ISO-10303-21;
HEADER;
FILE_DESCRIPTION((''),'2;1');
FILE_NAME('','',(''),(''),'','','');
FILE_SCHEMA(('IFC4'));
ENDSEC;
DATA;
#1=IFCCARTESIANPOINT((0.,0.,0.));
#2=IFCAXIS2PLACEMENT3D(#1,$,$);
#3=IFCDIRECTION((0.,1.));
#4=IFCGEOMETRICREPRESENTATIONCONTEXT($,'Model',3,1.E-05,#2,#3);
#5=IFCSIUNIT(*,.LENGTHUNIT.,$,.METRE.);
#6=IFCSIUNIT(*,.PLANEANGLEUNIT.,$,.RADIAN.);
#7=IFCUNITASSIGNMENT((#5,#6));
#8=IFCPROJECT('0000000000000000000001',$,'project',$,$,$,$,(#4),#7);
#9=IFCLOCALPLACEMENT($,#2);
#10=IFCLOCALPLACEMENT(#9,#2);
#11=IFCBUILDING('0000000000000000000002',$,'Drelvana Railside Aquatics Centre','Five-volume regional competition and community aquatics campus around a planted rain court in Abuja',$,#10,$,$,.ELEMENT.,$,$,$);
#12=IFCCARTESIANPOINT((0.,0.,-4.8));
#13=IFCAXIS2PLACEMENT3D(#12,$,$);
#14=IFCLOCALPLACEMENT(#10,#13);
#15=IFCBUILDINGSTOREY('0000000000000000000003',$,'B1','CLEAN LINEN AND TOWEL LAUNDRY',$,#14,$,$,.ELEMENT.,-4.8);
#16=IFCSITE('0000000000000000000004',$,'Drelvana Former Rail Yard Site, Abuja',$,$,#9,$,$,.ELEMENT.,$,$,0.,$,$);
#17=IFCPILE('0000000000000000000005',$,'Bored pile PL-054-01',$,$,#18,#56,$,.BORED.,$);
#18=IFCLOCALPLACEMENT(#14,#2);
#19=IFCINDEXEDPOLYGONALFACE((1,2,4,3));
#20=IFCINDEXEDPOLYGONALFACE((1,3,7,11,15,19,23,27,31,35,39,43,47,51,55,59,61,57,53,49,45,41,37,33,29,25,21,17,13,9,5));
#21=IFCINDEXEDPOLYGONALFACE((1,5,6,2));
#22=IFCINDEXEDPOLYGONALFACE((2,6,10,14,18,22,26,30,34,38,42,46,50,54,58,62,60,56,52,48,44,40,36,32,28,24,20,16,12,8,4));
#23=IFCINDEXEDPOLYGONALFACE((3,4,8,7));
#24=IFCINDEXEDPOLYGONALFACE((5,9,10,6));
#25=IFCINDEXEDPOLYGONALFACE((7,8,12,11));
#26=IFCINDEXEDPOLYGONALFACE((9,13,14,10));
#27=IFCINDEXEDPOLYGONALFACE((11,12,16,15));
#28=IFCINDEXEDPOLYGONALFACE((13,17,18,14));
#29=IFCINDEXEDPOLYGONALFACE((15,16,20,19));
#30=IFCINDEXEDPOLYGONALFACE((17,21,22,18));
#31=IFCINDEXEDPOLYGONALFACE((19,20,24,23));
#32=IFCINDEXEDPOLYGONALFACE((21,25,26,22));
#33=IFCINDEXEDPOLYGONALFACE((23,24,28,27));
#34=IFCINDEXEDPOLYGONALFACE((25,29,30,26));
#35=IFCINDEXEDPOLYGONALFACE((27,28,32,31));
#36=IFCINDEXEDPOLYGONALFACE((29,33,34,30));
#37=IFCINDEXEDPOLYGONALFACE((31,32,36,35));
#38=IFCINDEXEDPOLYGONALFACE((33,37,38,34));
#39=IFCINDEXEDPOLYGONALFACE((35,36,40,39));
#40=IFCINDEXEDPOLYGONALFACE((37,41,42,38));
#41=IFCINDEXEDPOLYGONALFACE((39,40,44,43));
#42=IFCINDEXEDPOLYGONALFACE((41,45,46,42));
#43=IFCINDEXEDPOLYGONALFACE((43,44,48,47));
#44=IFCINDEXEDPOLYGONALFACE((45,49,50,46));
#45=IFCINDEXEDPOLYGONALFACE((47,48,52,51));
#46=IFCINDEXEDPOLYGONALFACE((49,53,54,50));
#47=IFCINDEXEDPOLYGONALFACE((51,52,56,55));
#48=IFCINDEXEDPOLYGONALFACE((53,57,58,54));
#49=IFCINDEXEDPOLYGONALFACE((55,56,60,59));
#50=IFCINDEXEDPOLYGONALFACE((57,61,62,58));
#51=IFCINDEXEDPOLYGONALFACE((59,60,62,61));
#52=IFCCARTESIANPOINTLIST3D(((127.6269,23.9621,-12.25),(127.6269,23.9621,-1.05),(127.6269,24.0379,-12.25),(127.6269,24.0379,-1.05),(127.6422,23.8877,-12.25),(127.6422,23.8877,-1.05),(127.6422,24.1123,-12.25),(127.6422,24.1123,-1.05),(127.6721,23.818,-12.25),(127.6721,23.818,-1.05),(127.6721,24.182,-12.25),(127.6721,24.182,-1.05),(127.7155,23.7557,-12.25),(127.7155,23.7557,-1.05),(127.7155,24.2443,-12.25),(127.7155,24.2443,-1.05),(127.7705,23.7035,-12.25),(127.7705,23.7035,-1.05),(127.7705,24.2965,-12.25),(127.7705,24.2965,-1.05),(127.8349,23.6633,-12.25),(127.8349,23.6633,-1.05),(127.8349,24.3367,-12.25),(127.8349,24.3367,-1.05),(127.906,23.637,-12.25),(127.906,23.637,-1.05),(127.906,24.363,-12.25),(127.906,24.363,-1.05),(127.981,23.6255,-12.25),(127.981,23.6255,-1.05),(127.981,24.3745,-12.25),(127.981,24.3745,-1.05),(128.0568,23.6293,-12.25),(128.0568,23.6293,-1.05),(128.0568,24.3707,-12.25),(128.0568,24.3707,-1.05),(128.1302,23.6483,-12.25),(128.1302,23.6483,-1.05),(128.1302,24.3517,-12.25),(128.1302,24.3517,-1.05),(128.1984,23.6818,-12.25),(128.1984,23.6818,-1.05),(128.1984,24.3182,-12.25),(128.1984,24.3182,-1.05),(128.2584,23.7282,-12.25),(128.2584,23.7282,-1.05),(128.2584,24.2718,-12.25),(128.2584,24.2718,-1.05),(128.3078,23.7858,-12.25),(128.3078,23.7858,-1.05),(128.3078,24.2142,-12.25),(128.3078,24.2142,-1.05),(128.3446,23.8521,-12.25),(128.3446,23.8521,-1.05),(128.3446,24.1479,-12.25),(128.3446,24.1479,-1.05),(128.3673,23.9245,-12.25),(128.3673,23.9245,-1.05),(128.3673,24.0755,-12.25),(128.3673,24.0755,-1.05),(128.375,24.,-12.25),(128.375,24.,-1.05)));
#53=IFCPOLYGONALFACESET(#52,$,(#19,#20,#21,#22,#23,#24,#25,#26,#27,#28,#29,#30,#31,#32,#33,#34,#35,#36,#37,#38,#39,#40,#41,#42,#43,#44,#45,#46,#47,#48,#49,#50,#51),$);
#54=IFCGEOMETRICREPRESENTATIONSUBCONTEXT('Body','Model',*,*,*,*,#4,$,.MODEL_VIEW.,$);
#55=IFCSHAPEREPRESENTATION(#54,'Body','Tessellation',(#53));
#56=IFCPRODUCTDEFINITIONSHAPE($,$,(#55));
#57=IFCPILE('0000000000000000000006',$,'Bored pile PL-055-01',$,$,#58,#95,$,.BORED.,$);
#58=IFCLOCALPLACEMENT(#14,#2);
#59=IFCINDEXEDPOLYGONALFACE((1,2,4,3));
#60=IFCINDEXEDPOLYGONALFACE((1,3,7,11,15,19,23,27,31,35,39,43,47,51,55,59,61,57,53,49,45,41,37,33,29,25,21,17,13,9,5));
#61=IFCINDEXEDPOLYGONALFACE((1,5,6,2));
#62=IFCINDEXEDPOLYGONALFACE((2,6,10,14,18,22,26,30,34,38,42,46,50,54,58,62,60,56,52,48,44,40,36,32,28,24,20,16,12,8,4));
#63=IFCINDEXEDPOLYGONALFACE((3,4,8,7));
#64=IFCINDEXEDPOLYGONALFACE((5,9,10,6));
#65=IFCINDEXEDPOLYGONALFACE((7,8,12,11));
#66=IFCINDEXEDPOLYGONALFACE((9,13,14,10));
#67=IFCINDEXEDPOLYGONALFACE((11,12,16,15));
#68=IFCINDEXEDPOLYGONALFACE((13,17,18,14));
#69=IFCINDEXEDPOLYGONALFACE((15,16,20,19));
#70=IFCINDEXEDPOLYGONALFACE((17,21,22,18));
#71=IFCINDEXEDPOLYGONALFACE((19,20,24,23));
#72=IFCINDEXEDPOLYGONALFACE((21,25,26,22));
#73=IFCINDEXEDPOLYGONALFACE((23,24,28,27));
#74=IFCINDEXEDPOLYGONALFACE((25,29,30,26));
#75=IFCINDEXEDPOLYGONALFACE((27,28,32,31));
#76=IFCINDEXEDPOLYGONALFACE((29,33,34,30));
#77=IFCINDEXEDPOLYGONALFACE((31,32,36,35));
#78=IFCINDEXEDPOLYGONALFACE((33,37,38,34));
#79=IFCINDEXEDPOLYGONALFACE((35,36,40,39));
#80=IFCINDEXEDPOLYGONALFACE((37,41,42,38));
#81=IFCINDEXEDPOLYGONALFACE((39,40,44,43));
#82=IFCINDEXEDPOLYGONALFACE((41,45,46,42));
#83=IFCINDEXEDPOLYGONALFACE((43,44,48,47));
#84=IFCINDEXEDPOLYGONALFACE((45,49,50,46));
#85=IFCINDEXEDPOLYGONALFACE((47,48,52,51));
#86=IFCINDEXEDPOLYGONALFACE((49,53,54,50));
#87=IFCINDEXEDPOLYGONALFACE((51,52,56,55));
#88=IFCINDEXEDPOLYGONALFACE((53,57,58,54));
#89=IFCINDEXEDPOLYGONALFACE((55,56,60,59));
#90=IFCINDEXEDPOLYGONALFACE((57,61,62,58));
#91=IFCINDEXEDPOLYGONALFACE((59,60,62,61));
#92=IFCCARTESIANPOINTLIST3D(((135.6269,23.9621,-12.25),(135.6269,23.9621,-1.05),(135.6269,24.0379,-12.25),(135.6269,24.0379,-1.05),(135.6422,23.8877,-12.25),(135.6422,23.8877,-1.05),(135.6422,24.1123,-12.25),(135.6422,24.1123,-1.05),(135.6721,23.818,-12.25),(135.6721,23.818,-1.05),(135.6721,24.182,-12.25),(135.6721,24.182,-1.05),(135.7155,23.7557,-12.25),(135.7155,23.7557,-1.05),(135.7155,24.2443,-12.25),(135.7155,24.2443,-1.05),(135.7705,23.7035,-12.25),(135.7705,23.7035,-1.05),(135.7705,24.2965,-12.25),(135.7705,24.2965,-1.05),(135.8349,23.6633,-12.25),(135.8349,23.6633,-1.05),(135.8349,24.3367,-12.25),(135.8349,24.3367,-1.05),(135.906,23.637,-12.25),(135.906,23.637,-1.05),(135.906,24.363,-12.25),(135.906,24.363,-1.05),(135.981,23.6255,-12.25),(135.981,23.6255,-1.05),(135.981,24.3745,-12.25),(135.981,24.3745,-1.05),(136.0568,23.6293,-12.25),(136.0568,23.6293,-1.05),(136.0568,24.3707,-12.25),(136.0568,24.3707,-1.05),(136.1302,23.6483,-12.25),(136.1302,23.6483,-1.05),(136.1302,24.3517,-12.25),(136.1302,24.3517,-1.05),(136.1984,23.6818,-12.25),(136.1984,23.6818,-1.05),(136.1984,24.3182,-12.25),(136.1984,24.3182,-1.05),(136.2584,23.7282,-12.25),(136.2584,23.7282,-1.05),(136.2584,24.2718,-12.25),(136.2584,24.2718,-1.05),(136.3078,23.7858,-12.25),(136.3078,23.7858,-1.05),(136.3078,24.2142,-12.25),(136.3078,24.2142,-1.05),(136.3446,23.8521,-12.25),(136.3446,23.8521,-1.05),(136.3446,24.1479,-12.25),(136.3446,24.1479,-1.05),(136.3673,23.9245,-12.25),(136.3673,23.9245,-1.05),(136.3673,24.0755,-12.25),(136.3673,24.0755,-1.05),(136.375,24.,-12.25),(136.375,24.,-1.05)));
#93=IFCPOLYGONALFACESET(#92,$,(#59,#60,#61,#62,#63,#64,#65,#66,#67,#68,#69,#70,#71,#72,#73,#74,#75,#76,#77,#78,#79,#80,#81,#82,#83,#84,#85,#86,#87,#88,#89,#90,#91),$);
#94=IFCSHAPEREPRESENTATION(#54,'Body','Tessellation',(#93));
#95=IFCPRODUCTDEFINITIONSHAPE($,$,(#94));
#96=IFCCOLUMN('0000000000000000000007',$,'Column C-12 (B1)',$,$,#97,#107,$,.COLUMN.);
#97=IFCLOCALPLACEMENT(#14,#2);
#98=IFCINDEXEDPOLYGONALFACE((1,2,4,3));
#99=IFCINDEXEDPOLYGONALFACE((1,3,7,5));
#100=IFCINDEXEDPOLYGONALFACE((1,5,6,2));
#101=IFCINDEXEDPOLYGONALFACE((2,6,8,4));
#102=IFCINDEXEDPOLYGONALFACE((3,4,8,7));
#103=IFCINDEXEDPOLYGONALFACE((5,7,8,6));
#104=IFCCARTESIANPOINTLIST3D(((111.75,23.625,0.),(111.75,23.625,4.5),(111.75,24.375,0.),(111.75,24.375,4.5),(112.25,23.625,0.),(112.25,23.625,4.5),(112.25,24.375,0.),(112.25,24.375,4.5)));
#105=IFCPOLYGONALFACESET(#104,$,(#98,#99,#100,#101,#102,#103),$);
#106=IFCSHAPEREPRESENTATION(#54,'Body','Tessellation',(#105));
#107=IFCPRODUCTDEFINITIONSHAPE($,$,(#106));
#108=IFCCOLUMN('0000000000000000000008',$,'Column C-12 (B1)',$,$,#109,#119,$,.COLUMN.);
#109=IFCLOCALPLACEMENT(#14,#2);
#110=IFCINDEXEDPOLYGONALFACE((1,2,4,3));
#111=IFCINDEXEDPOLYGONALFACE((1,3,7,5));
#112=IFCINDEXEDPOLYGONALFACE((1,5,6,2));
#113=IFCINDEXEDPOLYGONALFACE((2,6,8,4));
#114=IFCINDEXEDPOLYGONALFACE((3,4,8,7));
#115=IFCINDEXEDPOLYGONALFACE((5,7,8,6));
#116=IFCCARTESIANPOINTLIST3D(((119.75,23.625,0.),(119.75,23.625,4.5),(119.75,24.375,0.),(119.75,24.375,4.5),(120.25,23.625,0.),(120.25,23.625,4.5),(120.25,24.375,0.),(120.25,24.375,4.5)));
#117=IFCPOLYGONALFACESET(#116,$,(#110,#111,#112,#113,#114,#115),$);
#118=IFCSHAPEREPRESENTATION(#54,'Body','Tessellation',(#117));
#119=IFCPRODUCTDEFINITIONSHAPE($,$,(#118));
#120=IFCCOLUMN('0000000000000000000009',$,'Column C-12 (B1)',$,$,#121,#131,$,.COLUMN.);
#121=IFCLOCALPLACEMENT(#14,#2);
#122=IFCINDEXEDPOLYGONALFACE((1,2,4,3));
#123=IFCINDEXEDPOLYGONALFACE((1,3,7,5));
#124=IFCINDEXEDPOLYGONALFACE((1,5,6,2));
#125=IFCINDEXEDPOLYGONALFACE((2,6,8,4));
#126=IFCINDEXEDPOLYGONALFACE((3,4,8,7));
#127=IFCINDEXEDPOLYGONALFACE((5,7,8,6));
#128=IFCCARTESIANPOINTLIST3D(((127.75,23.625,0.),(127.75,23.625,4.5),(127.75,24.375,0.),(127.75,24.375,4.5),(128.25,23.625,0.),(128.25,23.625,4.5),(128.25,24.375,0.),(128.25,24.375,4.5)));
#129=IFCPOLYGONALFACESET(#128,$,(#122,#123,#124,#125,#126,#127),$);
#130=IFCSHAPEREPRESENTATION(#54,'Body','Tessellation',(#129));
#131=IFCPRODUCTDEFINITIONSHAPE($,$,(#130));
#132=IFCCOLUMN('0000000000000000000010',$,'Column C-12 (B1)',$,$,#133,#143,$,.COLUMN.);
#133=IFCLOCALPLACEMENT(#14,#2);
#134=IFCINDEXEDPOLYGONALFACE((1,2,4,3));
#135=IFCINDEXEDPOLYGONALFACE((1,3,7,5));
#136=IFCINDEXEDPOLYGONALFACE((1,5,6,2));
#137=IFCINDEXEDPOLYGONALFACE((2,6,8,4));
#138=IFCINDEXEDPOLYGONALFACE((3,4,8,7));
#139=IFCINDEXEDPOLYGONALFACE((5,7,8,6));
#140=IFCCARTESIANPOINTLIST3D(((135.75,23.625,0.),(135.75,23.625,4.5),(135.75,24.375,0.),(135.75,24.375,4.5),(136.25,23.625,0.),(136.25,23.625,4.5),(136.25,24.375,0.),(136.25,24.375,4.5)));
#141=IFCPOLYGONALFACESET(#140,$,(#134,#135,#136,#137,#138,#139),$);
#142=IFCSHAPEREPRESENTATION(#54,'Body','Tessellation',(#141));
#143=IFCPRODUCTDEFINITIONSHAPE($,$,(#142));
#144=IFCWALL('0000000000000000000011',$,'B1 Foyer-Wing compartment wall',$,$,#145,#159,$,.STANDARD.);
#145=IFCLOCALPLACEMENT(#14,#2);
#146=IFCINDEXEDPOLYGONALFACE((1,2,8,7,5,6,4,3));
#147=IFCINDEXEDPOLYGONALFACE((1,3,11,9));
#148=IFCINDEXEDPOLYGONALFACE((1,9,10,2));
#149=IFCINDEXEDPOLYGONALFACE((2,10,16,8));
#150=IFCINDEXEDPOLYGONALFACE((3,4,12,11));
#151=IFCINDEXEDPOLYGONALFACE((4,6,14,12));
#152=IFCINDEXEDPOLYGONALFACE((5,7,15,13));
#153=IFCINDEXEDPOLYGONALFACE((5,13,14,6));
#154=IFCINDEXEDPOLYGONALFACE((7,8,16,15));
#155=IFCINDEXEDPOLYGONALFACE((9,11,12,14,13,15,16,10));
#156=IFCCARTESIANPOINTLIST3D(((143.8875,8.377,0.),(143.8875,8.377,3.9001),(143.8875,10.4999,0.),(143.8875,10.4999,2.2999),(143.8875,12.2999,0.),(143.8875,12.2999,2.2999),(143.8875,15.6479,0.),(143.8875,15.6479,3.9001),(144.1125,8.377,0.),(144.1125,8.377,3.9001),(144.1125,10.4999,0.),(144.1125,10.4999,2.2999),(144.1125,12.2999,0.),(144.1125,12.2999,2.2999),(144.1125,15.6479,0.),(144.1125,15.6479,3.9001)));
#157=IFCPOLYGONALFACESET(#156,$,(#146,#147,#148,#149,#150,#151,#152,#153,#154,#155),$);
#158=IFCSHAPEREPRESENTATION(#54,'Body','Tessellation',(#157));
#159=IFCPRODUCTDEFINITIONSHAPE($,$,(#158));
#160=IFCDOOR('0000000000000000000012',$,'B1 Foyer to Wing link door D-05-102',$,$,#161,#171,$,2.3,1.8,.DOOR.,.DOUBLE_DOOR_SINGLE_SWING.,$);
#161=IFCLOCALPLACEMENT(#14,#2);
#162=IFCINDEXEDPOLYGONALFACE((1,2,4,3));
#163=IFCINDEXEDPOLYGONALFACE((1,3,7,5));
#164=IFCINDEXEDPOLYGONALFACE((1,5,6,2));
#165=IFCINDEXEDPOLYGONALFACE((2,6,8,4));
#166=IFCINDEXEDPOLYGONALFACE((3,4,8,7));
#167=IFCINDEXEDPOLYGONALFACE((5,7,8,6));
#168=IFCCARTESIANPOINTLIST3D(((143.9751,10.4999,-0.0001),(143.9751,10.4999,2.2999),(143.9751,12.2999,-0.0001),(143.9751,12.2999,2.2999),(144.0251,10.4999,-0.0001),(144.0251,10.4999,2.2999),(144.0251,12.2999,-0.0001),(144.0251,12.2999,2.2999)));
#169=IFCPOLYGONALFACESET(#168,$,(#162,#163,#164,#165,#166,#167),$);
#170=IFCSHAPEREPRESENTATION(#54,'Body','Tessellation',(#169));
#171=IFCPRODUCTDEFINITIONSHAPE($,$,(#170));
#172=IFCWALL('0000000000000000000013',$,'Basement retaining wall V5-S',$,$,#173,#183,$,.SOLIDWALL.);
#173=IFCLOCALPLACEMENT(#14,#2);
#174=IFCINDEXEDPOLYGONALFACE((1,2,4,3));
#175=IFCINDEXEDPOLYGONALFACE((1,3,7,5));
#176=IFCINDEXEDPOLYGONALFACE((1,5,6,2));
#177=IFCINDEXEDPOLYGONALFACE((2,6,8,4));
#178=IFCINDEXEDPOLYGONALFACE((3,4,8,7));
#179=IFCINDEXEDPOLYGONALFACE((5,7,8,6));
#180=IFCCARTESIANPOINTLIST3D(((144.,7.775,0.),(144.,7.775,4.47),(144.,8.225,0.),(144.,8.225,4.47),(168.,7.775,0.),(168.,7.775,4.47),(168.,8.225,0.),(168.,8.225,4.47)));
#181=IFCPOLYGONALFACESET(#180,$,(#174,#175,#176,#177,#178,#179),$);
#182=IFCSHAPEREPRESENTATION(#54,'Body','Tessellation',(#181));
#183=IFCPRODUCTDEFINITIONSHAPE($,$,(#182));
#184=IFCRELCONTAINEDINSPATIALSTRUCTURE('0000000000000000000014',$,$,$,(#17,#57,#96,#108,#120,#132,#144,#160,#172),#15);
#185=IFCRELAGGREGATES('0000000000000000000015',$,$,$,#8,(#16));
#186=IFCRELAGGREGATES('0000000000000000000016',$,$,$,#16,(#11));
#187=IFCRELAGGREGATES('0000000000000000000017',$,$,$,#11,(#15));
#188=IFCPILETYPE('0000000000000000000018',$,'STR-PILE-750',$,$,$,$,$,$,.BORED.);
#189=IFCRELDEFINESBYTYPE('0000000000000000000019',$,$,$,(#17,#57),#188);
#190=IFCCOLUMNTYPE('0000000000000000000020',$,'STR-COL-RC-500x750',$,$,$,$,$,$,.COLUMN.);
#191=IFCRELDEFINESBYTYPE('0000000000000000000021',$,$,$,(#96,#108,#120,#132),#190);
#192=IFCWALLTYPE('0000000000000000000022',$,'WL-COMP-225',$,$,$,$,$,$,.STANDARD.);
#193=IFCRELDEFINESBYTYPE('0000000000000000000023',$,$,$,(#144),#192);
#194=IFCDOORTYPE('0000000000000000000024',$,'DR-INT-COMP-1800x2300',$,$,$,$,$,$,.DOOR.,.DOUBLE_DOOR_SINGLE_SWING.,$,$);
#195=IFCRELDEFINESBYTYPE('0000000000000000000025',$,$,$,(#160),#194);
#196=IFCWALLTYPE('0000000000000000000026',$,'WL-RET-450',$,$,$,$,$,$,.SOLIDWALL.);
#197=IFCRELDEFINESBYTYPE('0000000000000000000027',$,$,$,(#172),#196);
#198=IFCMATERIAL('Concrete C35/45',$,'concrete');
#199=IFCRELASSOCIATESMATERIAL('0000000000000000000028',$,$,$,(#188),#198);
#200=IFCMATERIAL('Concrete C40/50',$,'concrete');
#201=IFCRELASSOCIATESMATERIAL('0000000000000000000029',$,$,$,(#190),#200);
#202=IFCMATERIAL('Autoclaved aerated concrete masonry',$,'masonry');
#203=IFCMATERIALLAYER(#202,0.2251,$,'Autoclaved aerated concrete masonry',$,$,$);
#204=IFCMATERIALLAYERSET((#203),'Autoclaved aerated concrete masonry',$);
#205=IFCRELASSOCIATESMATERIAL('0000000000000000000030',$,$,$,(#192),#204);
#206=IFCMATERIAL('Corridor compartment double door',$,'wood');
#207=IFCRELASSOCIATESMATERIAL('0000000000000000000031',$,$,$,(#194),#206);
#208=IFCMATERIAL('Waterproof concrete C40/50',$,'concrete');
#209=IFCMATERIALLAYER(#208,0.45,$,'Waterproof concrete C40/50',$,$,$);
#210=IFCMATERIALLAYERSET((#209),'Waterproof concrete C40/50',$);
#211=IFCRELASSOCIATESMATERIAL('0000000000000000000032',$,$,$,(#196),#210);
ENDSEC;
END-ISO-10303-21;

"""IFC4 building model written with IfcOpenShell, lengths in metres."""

from ifc_helpers import new_model, si_unit, direction, frame, frame_2d, origin, origin_2d, place, context, subcontext, project, spatial, rectangle, circle, extrude, material, layer, layer_set, material_profile, profile_set, type_object, element, fill, save


model = new_model("IFC4")

# Units and contexts
model_context = context("Model", 3, precision=1e-05, world=origin(), true_north=direction((0.0, 1.0)))
body_context = subcontext(model_context, "Body", "Model", "MODEL_VIEW")
ifc_project = project(units=[si_unit("LENGTHUNIT", "METRE"), si_unit("PLANEANGLEUNIT", "RADIAN")], contexts=[model_context])

# Site, building, storey
site_placement = place(None, origin())
site = spatial("IfcSite", under=ifc_project, at=site_placement, Name="Drelvana Former Rail Yard Site, Abuja", CompositionType="ELEMENT", RefElevation=0.0)
building_placement = place(site_placement, origin())
building = spatial("IfcBuilding", under=site, at=building_placement, Name="Drelvana Railside Aquatics Centre", Description="Five-volume regional competition and community aquatics campus around a planted rain court in Abuja", CompositionType="ELEMENT")
storey_placement = place(building_placement, frame((0.0, 0.0, -4.8)))
storey = spatial("IfcBuildingStorey", under=building, at=storey_placement, Name="B1", Description="CLEAN LINEN AND TOWEL LAUNDRY", CompositionType="ELEMENT", Elevation=-4.8)

# Shared definitions
ifc_material_1 = material(Name="Concrete C35/45", Category="concrete")

# Piles
ifc_material_profile_1 = material_profile(ifc_material_1, circle(Radius=0.375, at=origin_2d()), Name="PILE D750")
ifc_profile_set_1 = profile_set([ifc_material_profile_1], Name="Concrete C35/45")
pile_type = type_object("IfcPileType", Name="STR-PILE-750", PredefinedType="BORED", material=ifc_profile_set_1)
for number, where, z_axis, x_axis, name in (
    (1, (128.0, 24.0, -1.05), (0.0, 0.0, -1.0), (1.0, 0.0, 0.0), "Bored pile PL-054-01"),
    (2, (136.0, 24.0, -1.05), (0.0, 0.0, -1.0), (1.0, 0.0, 0.0), "Bored pile PL-055-01"),
):
    element("IfcPile", number, at=place(storey_placement, frame(where, z_axis=z_axis, x_axis=x_axis)), inside=storey, type_object=pile_type, Name=name, PredefinedType="BORED", context=body_context, shape_type="SweptSolid", body=[
        extrude(circle(Radius=0.375, at=origin_2d()), origin(), (0.0, 0.0, 1.0), 11.2),
    ])

# Columns
ifc_material_2 = material(Name="Concrete C40/50", Category="concrete")
ifc_material_profile_2 = material_profile(ifc_material_2, rectangle(XDim=0.5, YDim=0.75, at=origin_2d()), Name="RC 500x750")
ifc_profile_set_2 = profile_set([ifc_material_profile_2], Name="Concrete C40/50")
column_type = type_object("IfcColumnType", Name="STR-COL-RC-500x750", PredefinedType="COLUMN", material=ifc_profile_set_2)
for number, where, z_axis, x_axis, name in (
    (3, (112.0, 24.0, 0.0), (0.0, 0.0, 1.0), (1.0, 0.0, 0.0), "Column C-12 (B1)"),
    (4, (120.0, 24.0, 0.0), (0.0, 0.0, 1.0), (1.0, 0.0, 0.0), "Column C-12 (B1)"),
    (5, (128.0, 24.0, 0.0), (0.0, 0.0, 1.0), (1.0, 0.0, 0.0), "Column C-12 (B1)"),
    (6, (136.0, 24.0, 0.0), (0.0, 0.0, 1.0), (1.0, 0.0, 0.0), "Column C-12 (B1)"),
):
    element("IfcColumn", number, at=place(storey_placement, frame(where, z_axis=z_axis, x_axis=x_axis)), inside=storey, type_object=column_type, Name=name, PredefinedType="COLUMN", context=body_context, shape_type="SweptSolid", body=[
        extrude(rectangle(XDim=0.5, YDim=0.75, at=origin_2d()), origin(), (0.0, 0.0, 1.0), 4.5),
    ])

# Wall, opening, door
ifc_material_3 = material(Name="Autoclaved aerated concrete masonry", Category="masonry")
ifc_layer_1 = layer(ifc_material_3, 0.2251, Name="Autoclaved aerated concrete masonry")
ifc_layer_set_1 = layer_set([ifc_layer_1], Name="Autoclaved aerated concrete masonry")
wall_type_1 = type_object("IfcWallType", Name="WL-COMP-225", PredefinedType="STANDARD", material=ifc_layer_set_1)
wall_1_placement = place(storey_placement, frame((144.0, 8.377, 0.0), z_axis=(0.0, 0.0, 1.0), x_axis=(0.0, 1.0, 0.0)))
wall_1 = element("IfcWall", 7, at=wall_1_placement, inside=storey, type_object=wall_type_1, Name="B1 Foyer-Wing compartment wall", PredefinedType="STANDARD", context=body_context, shape_type="SweptSolid", body=[
    extrude(rectangle(XDim=7.271, YDim=0.2251, at=frame_2d((3.6355, 0.0))), origin(), (0.0, 0.0, 1.0), 3.9001),
])
opening_placement = place(wall_1_placement, frame((2.123, 0.0, 0.0)))
opening = element("IfcOpeningElement", 8, at=opening_placement, cuts=wall_1, PredefinedType="OPENING", context=body_context, shape_type="SweptSolid", body=[
    extrude(rectangle(XDim=1.8, YDim=2.3, at=frame_2d((0.8999, 1.1499))), frame((0.0, 0.1226, 0.0), z_axis=(0.0, -1.0, 0.0), x_axis=(1.0, 0.0, 0.0)), (0.0, 0.0, 1.0), 0.2451),
])
ifc_material_4 = material(Name="Corridor compartment double door", Category="wood")
door_type = type_object("IfcDoorType", Name="DR-INT-COMP-1800x2300", OperationType="DOUBLE_DOOR_SINGLE_SWING", PredefinedType="DOOR", material=ifc_material_4)
door_placement = place(opening_placement, origin())
door = element("IfcDoor", 9, at=door_placement, inside=storey, type_object=door_type, Name="B1 Foyer to Wing link door D-05-102", OperationType="DOUBLE_DOOR_SINGLE_SWING", OverallHeight=2.3, OverallWidth=1.8, PredefinedType="DOOR", context=body_context, shape_type="SweptSolid", body=[
    extrude(rectangle(XDim=1.8, YDim=2.3, at=frame_2d((0.8999, 1.1499))), frame((0.0, 0.0249, 0.0), z_axis=(0.0, -1.0, 0.0), x_axis=(1.0, 0.0, 0.0)), (0.0, 0.0, 1.0), 0.05),
])
fill(opening, door)

# Wall
ifc_material_5 = material(Name="Waterproof concrete C40/50", Category="concrete")
ifc_layer_2 = layer(ifc_material_5, 0.45, Name="Waterproof concrete C40/50")
ifc_layer_set_2 = layer_set([ifc_layer_2], Name="Waterproof concrete C40/50")
wall_type_2 = type_object("IfcWallType", Name="WL-RET-450", PredefinedType="SOLIDWALL", material=ifc_layer_set_2)
wall_2_placement = place(storey_placement, frame((144.0, 8.0, 0.0), z_axis=(0.0, 0.0, 1.0), x_axis=(1.0, 0.0, 0.0)))
element("IfcWall", 10, at=wall_2_placement, inside=storey, type_object=wall_type_2, Name="Basement retaining wall V5-S", PredefinedType="SOLIDWALL", context=body_context, shape_type="SweptSolid", body=[
    extrude(rectangle(XDim=24.0, YDim=0.45, at=frame_2d((12.0, 0.0))), origin(), (0.0, 0.0, 1.0), 4.47),
])

save(model, "model.ifc")
